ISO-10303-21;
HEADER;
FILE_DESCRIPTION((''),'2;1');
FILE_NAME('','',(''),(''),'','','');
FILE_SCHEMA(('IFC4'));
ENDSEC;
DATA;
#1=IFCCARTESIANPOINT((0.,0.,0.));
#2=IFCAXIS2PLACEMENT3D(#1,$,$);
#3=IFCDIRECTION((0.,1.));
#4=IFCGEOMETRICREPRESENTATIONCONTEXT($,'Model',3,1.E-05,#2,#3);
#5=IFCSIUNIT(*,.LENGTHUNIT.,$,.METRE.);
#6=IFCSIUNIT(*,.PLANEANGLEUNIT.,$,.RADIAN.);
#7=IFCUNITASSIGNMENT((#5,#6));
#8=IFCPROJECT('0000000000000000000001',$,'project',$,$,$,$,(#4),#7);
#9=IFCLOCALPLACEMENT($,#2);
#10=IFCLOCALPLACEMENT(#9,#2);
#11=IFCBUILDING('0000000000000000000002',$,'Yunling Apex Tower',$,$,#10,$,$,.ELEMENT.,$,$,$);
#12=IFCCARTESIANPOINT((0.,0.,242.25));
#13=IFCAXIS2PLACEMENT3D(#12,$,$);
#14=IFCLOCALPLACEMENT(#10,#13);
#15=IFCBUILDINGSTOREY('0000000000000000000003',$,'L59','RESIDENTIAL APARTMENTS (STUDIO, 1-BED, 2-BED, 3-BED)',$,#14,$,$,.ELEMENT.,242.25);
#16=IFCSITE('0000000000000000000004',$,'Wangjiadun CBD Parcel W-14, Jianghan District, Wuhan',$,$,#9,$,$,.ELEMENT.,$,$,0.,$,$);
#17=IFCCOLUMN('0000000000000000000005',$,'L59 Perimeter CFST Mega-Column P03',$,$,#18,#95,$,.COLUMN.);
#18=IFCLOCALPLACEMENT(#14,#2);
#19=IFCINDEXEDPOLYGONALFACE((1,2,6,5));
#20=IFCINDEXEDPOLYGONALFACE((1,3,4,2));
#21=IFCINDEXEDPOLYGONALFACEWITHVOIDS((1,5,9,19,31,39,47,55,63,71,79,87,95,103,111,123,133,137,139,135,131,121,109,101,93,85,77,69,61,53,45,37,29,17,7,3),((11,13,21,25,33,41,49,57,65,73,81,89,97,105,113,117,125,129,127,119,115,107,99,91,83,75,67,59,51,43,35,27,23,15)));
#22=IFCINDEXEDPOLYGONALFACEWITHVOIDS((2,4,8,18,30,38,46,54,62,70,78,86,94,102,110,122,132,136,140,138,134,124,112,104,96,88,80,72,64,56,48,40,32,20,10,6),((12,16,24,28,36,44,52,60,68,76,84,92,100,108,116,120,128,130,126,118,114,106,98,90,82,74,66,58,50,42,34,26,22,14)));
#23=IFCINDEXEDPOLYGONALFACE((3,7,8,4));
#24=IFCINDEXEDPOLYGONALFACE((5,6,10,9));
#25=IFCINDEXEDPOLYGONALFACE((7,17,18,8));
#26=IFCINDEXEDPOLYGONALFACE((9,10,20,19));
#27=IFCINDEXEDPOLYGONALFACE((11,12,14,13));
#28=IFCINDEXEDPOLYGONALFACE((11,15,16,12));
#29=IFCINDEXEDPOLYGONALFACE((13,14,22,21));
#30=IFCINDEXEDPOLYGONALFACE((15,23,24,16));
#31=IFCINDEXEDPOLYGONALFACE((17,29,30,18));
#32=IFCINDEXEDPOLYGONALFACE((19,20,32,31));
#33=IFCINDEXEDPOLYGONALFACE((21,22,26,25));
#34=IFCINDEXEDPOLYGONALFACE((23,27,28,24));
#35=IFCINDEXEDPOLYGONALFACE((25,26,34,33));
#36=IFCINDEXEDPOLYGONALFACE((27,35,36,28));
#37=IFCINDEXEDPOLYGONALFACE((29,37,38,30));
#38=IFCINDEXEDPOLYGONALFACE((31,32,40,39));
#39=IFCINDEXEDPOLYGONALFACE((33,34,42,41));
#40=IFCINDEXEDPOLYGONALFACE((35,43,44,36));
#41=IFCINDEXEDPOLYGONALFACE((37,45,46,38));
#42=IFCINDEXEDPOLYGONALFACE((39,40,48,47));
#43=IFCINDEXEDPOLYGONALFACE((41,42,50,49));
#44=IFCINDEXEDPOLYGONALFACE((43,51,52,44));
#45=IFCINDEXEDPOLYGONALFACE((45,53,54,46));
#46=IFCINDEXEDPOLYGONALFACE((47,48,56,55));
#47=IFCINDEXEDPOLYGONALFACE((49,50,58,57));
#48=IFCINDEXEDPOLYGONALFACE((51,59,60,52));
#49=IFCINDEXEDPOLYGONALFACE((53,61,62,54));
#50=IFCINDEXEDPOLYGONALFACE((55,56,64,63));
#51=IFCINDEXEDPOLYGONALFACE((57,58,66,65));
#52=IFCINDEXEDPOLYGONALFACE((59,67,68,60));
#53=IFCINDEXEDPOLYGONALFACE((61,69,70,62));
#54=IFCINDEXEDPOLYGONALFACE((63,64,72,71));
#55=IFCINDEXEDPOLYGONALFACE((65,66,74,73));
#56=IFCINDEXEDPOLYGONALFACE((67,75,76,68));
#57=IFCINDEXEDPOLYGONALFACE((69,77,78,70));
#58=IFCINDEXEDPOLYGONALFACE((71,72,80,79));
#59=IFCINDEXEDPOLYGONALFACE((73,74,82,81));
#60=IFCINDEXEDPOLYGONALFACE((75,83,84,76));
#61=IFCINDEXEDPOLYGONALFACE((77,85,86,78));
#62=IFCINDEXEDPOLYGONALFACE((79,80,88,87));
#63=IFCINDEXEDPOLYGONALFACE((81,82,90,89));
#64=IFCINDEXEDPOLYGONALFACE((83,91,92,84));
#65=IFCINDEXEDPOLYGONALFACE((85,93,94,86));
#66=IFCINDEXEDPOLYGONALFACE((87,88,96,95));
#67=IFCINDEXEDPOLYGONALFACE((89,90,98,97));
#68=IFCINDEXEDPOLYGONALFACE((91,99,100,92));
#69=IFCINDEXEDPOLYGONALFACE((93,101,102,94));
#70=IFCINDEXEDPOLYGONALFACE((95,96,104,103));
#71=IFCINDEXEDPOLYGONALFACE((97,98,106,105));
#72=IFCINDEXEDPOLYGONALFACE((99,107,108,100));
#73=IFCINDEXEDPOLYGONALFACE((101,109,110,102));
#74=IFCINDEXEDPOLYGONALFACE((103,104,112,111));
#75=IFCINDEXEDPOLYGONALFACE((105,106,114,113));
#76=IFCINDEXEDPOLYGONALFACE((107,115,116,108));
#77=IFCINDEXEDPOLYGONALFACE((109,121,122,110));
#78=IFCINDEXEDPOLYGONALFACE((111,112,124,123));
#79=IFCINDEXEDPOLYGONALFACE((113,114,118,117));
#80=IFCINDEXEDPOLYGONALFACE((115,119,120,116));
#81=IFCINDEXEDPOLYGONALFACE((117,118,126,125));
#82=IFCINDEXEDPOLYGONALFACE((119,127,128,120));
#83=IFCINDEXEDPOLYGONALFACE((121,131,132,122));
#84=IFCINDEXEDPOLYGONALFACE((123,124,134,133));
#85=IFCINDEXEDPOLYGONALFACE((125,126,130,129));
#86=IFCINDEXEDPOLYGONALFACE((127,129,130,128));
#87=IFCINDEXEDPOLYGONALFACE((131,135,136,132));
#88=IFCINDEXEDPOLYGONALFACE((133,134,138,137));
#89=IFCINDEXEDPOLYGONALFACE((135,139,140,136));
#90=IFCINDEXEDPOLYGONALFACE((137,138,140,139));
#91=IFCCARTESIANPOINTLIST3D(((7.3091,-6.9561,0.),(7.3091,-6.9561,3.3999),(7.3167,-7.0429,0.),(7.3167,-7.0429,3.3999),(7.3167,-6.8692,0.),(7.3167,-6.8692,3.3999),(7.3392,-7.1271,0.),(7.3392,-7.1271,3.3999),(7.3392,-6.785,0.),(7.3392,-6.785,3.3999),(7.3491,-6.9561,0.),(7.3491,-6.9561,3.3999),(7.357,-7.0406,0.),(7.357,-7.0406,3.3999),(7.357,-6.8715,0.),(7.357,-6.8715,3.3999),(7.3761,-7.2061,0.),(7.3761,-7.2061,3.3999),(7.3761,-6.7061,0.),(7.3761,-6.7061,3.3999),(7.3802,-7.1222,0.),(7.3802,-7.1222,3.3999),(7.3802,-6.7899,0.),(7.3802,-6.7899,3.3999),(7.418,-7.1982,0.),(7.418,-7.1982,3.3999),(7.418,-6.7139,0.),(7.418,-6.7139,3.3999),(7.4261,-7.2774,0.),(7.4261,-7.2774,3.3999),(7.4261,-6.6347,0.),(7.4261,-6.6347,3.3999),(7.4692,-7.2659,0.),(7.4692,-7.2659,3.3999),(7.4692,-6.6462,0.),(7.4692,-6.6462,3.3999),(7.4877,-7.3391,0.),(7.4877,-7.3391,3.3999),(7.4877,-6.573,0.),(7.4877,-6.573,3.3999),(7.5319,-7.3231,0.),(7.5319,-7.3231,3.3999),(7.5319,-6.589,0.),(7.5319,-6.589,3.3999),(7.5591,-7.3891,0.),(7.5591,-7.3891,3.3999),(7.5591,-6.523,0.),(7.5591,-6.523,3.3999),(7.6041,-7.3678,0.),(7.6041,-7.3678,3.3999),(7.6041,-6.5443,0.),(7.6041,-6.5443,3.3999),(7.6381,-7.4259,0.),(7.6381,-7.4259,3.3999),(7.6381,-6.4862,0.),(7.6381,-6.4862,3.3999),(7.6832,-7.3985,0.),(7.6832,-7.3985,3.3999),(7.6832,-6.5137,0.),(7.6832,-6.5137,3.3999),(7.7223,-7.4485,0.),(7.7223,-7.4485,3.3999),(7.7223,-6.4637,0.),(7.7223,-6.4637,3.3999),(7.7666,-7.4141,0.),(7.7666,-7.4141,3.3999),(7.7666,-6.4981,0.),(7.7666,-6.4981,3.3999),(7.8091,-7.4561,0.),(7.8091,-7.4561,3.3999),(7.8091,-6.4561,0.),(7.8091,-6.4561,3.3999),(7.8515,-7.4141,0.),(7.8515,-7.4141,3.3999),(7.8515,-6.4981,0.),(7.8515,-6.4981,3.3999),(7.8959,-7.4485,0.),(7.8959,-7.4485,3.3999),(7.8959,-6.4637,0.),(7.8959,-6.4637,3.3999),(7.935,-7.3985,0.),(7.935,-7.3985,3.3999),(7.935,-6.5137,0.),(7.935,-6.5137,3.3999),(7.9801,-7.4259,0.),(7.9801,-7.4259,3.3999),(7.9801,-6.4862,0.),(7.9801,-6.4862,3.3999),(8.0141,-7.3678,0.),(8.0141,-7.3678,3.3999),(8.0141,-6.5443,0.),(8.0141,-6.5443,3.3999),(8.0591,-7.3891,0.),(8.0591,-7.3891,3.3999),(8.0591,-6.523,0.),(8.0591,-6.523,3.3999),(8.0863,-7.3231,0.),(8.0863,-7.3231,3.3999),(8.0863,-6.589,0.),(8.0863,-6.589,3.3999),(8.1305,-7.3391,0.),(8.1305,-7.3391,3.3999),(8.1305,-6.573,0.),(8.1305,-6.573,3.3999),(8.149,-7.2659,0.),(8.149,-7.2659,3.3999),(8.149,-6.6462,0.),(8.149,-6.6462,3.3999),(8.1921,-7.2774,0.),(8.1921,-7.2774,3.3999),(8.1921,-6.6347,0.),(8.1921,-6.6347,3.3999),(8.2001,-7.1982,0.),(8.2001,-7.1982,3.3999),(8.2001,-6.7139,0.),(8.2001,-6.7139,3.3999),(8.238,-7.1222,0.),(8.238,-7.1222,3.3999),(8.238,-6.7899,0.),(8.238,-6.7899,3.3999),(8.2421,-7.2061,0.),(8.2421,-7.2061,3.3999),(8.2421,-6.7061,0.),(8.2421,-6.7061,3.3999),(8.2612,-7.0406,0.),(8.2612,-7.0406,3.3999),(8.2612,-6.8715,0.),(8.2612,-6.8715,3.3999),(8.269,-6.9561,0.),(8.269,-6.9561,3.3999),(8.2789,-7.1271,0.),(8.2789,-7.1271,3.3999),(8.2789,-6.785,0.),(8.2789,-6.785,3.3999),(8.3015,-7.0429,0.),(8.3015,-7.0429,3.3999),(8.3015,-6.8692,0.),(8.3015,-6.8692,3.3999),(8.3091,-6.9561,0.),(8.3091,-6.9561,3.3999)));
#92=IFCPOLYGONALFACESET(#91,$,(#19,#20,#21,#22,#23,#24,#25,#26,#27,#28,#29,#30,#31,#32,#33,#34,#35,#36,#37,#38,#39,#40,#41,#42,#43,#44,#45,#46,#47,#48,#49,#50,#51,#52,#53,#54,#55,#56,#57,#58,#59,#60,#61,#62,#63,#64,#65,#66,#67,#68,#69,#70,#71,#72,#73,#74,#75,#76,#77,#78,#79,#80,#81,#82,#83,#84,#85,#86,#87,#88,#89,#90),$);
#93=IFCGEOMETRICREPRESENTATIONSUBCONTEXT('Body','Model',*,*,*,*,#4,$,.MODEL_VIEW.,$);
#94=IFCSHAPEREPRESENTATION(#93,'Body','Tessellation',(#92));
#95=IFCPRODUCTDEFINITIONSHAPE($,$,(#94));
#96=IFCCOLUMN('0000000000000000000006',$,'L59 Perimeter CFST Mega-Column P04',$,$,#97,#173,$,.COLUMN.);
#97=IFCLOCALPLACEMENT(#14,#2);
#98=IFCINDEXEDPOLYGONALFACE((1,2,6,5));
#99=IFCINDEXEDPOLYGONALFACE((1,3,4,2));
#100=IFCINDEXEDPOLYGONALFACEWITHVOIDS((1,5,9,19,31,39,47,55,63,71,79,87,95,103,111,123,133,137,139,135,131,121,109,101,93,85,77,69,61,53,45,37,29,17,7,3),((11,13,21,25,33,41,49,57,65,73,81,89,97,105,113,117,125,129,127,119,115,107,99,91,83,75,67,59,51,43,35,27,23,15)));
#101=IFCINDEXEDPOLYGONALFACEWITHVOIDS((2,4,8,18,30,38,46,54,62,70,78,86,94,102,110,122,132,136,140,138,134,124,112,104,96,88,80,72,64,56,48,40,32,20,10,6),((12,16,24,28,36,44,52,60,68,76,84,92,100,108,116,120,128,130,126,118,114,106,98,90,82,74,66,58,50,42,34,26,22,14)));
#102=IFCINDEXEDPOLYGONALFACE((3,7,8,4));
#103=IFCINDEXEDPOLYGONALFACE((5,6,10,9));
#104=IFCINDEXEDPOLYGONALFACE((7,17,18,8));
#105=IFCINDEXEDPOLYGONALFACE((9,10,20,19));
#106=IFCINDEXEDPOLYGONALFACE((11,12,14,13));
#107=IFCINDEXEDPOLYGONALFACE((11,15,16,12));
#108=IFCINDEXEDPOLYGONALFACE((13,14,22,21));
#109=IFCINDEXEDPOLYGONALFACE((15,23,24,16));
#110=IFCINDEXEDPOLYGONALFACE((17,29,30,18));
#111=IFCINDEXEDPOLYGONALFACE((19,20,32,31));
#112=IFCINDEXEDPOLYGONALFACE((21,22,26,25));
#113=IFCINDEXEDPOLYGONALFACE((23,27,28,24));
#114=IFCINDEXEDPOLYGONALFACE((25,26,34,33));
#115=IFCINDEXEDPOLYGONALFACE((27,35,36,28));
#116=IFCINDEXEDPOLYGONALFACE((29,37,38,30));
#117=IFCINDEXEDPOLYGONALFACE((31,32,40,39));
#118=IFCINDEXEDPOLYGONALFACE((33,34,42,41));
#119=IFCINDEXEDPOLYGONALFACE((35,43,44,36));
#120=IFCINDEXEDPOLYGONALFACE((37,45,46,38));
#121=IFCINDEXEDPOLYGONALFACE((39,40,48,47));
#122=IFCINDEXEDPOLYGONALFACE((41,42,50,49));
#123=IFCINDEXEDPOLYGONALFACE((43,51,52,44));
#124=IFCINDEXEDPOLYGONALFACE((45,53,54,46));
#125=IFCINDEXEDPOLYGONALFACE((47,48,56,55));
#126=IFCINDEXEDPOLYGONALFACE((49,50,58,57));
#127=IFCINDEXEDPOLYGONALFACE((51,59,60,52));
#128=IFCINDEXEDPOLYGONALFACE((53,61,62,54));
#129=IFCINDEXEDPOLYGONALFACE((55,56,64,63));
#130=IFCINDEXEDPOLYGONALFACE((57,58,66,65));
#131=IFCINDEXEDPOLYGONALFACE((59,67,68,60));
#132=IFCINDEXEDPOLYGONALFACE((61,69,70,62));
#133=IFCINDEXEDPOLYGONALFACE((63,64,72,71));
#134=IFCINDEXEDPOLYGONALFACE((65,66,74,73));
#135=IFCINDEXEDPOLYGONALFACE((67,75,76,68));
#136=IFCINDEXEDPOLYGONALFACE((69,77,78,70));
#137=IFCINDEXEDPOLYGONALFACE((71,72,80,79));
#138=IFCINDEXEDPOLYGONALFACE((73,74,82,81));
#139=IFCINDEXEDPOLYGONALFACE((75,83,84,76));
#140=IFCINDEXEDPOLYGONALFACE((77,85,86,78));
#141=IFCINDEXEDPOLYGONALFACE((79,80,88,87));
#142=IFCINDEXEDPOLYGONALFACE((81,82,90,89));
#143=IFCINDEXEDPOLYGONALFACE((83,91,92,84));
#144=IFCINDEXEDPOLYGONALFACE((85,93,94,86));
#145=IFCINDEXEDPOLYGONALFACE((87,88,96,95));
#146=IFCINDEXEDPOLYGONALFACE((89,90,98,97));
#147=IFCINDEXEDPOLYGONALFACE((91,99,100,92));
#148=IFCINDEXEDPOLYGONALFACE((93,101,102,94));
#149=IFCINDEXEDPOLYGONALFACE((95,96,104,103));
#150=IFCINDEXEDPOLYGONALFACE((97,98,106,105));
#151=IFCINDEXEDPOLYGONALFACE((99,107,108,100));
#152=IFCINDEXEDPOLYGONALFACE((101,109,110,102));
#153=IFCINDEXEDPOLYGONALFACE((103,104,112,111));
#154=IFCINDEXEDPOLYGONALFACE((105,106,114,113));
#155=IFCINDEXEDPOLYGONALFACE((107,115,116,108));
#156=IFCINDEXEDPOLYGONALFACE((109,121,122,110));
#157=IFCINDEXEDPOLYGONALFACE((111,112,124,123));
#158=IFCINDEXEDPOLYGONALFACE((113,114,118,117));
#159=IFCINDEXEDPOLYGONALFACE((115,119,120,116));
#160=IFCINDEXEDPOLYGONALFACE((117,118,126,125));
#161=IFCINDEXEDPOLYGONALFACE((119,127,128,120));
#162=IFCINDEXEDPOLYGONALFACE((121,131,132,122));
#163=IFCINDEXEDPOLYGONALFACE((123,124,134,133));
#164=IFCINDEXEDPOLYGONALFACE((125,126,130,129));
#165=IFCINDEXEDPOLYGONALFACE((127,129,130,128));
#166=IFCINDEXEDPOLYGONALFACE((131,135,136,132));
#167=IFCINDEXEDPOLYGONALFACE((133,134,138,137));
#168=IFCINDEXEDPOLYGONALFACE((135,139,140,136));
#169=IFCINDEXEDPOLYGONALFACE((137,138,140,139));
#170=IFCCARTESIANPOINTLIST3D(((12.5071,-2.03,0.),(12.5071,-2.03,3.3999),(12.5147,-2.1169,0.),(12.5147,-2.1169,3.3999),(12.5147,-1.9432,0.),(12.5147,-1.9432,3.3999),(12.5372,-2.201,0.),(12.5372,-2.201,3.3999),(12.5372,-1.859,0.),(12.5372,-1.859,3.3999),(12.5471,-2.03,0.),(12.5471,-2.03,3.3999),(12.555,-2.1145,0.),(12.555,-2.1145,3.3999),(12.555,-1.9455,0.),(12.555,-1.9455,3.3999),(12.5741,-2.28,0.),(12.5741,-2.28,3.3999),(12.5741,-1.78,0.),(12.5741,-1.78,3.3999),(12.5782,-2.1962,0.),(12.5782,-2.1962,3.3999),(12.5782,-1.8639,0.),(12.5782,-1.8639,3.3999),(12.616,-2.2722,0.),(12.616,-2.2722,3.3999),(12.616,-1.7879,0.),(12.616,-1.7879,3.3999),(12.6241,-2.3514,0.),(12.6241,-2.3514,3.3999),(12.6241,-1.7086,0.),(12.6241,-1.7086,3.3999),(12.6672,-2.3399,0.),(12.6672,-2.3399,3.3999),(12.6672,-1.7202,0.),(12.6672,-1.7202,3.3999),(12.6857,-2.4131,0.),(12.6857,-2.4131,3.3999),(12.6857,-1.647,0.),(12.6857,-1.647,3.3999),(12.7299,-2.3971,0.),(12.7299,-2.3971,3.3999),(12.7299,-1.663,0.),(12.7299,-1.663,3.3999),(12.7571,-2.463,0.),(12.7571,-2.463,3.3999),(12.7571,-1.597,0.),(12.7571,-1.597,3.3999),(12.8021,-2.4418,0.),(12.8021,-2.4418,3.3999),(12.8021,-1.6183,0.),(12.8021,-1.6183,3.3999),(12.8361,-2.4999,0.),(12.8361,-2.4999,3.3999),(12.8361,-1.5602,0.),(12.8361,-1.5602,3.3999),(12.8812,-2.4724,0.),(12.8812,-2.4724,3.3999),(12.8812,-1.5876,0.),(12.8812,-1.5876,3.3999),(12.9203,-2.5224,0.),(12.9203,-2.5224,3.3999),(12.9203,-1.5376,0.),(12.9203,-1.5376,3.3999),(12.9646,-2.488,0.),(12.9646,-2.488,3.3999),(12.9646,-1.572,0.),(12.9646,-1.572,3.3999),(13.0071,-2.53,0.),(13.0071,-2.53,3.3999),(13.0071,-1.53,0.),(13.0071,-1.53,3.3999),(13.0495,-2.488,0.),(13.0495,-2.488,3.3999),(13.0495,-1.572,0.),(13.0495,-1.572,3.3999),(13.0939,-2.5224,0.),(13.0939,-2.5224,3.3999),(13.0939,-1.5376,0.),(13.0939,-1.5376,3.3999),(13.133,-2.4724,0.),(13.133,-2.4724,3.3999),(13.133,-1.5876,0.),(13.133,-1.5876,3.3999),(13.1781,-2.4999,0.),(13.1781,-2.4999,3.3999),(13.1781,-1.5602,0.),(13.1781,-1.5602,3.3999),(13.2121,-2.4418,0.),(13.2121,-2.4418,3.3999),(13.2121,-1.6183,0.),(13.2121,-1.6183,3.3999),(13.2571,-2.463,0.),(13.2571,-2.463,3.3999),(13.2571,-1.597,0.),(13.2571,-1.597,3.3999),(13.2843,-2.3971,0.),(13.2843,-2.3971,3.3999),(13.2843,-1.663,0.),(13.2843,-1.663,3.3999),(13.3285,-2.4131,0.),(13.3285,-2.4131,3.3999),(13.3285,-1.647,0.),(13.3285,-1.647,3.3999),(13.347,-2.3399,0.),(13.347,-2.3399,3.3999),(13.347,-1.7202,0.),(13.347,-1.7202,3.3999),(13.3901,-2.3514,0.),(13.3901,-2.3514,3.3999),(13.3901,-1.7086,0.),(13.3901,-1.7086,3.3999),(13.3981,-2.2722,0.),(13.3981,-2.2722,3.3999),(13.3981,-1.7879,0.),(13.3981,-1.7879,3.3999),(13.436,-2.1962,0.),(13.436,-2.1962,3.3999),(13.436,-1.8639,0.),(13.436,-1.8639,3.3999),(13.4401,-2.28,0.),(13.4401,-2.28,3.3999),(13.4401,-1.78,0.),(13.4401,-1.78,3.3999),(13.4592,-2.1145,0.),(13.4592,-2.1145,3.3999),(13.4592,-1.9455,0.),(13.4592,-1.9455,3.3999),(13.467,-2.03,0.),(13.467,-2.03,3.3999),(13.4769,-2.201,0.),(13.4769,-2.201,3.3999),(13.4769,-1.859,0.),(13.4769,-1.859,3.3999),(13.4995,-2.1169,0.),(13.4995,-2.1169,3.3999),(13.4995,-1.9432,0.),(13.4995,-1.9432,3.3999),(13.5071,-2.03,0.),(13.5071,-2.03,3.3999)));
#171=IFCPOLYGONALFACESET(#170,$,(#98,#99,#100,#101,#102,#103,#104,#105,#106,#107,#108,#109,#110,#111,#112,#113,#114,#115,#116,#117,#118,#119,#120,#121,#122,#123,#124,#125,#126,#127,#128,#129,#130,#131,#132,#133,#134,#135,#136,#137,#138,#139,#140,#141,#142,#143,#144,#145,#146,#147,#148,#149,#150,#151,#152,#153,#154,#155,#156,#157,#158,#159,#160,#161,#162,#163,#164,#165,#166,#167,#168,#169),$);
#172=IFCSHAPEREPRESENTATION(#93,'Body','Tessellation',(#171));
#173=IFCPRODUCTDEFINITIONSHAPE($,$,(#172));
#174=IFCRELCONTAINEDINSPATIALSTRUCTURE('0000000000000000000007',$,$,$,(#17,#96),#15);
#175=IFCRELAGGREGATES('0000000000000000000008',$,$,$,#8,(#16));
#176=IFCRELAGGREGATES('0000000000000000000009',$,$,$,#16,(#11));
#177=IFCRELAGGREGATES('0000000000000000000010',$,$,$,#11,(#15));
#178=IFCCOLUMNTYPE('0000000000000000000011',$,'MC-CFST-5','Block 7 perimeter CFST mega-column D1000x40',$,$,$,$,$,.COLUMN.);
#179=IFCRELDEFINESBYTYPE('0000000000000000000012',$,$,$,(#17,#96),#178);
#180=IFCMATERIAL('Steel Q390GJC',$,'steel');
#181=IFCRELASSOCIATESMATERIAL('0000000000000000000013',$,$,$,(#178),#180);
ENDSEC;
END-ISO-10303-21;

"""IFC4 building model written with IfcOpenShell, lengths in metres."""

from ifc_helpers import new_model, si_unit, direction, frame, origin, origin_2d, place, context, subcontext, project, spatial, hollow_circle, extrude, source, transform, mapped, material, material_profile, profile_set, type_object, element, save


model = new_model("IFC4")

# Units and contexts
model_context = context("Model", 3, precision=1e-05, world=origin(), true_north=direction((0.0, 1.0)))
body_context = subcontext(model_context, "Body", "Model", "MODEL_VIEW")
ifc_project = project(units=[si_unit("LENGTHUNIT", "METRE"), si_unit("PLANEANGLEUNIT", "RADIAN")], contexts=[model_context])

# Site, building, storey
site_placement = place(None, origin())
site = spatial("IfcSite", under=ifc_project, at=site_placement, Name="Wangjiadun CBD Parcel W-14, Jianghan District, Wuhan", CompositionType="ELEMENT", RefElevation=0.0)
building_placement = place(site_placement, origin())
building = spatial("IfcBuilding", under=site, at=building_placement, Name="Yunling Apex Tower", CompositionType="ELEMENT")
storey_placement = place(building_placement, frame((0.0, 0.0, 242.25)))
storey = spatial("IfcBuildingStorey", under=building, at=storey_placement, Name="L59", Description="RESIDENTIAL APARTMENTS (STUDIO, 1-BED, 2-BED, 3-BED)", CompositionType="ELEMENT", Elevation=242.25)

# Columns
ifc_material_1 = material(Name="Steel Q390GJC", Category="steel")
ifc_material_profile_1 = material_profile(ifc_material_1, hollow_circle(Radius=0.5, WallThickness=0.04, at=origin_2d()))
ifc_profile_set_1 = profile_set([ifc_material_profile_1], Name="Steel Q390GJC")
column_type = type_object("IfcColumnType", Name="MC-CFST-5", Description="Block 7 perimeter CFST mega-column D1000x40", PredefinedType="COLUMN", material=ifc_profile_set_1)
shared_shape_1 = source(origin(), body_context, "Body", "SweptSolid", [
    extrude(hollow_circle(Radius=0.5, WallThickness=0.04, at=origin_2d()), origin(), (0.0, 0.0, 1.0), 3.3999),
])
for number, where, z_axis, x_axis, name in (
    (1, (7.8091, -6.9561, 0.0), (0.0, 0.0, 1.0), (1.0, 0.0, 0.0), "L59 Perimeter CFST Mega-Column P03"),
    (2, (13.0071, -2.03, 0.0), (0.0, 0.0, 1.0), (1.0, 0.0, 0.0), "L59 Perimeter CFST Mega-Column P04"),
):
    element("IfcColumn", number, at=place(storey_placement, frame(where, z_axis=z_axis, x_axis=x_axis)), inside=storey, type_object=column_type, Name=name, PredefinedType="COLUMN", context=body_context, shape_type="MappedRepresentation", body=[
        mapped(shared_shape_1, transform((0.0, 0.0, 0.0), scale=1.0)),
    ])

save(model, "model.ifc")
